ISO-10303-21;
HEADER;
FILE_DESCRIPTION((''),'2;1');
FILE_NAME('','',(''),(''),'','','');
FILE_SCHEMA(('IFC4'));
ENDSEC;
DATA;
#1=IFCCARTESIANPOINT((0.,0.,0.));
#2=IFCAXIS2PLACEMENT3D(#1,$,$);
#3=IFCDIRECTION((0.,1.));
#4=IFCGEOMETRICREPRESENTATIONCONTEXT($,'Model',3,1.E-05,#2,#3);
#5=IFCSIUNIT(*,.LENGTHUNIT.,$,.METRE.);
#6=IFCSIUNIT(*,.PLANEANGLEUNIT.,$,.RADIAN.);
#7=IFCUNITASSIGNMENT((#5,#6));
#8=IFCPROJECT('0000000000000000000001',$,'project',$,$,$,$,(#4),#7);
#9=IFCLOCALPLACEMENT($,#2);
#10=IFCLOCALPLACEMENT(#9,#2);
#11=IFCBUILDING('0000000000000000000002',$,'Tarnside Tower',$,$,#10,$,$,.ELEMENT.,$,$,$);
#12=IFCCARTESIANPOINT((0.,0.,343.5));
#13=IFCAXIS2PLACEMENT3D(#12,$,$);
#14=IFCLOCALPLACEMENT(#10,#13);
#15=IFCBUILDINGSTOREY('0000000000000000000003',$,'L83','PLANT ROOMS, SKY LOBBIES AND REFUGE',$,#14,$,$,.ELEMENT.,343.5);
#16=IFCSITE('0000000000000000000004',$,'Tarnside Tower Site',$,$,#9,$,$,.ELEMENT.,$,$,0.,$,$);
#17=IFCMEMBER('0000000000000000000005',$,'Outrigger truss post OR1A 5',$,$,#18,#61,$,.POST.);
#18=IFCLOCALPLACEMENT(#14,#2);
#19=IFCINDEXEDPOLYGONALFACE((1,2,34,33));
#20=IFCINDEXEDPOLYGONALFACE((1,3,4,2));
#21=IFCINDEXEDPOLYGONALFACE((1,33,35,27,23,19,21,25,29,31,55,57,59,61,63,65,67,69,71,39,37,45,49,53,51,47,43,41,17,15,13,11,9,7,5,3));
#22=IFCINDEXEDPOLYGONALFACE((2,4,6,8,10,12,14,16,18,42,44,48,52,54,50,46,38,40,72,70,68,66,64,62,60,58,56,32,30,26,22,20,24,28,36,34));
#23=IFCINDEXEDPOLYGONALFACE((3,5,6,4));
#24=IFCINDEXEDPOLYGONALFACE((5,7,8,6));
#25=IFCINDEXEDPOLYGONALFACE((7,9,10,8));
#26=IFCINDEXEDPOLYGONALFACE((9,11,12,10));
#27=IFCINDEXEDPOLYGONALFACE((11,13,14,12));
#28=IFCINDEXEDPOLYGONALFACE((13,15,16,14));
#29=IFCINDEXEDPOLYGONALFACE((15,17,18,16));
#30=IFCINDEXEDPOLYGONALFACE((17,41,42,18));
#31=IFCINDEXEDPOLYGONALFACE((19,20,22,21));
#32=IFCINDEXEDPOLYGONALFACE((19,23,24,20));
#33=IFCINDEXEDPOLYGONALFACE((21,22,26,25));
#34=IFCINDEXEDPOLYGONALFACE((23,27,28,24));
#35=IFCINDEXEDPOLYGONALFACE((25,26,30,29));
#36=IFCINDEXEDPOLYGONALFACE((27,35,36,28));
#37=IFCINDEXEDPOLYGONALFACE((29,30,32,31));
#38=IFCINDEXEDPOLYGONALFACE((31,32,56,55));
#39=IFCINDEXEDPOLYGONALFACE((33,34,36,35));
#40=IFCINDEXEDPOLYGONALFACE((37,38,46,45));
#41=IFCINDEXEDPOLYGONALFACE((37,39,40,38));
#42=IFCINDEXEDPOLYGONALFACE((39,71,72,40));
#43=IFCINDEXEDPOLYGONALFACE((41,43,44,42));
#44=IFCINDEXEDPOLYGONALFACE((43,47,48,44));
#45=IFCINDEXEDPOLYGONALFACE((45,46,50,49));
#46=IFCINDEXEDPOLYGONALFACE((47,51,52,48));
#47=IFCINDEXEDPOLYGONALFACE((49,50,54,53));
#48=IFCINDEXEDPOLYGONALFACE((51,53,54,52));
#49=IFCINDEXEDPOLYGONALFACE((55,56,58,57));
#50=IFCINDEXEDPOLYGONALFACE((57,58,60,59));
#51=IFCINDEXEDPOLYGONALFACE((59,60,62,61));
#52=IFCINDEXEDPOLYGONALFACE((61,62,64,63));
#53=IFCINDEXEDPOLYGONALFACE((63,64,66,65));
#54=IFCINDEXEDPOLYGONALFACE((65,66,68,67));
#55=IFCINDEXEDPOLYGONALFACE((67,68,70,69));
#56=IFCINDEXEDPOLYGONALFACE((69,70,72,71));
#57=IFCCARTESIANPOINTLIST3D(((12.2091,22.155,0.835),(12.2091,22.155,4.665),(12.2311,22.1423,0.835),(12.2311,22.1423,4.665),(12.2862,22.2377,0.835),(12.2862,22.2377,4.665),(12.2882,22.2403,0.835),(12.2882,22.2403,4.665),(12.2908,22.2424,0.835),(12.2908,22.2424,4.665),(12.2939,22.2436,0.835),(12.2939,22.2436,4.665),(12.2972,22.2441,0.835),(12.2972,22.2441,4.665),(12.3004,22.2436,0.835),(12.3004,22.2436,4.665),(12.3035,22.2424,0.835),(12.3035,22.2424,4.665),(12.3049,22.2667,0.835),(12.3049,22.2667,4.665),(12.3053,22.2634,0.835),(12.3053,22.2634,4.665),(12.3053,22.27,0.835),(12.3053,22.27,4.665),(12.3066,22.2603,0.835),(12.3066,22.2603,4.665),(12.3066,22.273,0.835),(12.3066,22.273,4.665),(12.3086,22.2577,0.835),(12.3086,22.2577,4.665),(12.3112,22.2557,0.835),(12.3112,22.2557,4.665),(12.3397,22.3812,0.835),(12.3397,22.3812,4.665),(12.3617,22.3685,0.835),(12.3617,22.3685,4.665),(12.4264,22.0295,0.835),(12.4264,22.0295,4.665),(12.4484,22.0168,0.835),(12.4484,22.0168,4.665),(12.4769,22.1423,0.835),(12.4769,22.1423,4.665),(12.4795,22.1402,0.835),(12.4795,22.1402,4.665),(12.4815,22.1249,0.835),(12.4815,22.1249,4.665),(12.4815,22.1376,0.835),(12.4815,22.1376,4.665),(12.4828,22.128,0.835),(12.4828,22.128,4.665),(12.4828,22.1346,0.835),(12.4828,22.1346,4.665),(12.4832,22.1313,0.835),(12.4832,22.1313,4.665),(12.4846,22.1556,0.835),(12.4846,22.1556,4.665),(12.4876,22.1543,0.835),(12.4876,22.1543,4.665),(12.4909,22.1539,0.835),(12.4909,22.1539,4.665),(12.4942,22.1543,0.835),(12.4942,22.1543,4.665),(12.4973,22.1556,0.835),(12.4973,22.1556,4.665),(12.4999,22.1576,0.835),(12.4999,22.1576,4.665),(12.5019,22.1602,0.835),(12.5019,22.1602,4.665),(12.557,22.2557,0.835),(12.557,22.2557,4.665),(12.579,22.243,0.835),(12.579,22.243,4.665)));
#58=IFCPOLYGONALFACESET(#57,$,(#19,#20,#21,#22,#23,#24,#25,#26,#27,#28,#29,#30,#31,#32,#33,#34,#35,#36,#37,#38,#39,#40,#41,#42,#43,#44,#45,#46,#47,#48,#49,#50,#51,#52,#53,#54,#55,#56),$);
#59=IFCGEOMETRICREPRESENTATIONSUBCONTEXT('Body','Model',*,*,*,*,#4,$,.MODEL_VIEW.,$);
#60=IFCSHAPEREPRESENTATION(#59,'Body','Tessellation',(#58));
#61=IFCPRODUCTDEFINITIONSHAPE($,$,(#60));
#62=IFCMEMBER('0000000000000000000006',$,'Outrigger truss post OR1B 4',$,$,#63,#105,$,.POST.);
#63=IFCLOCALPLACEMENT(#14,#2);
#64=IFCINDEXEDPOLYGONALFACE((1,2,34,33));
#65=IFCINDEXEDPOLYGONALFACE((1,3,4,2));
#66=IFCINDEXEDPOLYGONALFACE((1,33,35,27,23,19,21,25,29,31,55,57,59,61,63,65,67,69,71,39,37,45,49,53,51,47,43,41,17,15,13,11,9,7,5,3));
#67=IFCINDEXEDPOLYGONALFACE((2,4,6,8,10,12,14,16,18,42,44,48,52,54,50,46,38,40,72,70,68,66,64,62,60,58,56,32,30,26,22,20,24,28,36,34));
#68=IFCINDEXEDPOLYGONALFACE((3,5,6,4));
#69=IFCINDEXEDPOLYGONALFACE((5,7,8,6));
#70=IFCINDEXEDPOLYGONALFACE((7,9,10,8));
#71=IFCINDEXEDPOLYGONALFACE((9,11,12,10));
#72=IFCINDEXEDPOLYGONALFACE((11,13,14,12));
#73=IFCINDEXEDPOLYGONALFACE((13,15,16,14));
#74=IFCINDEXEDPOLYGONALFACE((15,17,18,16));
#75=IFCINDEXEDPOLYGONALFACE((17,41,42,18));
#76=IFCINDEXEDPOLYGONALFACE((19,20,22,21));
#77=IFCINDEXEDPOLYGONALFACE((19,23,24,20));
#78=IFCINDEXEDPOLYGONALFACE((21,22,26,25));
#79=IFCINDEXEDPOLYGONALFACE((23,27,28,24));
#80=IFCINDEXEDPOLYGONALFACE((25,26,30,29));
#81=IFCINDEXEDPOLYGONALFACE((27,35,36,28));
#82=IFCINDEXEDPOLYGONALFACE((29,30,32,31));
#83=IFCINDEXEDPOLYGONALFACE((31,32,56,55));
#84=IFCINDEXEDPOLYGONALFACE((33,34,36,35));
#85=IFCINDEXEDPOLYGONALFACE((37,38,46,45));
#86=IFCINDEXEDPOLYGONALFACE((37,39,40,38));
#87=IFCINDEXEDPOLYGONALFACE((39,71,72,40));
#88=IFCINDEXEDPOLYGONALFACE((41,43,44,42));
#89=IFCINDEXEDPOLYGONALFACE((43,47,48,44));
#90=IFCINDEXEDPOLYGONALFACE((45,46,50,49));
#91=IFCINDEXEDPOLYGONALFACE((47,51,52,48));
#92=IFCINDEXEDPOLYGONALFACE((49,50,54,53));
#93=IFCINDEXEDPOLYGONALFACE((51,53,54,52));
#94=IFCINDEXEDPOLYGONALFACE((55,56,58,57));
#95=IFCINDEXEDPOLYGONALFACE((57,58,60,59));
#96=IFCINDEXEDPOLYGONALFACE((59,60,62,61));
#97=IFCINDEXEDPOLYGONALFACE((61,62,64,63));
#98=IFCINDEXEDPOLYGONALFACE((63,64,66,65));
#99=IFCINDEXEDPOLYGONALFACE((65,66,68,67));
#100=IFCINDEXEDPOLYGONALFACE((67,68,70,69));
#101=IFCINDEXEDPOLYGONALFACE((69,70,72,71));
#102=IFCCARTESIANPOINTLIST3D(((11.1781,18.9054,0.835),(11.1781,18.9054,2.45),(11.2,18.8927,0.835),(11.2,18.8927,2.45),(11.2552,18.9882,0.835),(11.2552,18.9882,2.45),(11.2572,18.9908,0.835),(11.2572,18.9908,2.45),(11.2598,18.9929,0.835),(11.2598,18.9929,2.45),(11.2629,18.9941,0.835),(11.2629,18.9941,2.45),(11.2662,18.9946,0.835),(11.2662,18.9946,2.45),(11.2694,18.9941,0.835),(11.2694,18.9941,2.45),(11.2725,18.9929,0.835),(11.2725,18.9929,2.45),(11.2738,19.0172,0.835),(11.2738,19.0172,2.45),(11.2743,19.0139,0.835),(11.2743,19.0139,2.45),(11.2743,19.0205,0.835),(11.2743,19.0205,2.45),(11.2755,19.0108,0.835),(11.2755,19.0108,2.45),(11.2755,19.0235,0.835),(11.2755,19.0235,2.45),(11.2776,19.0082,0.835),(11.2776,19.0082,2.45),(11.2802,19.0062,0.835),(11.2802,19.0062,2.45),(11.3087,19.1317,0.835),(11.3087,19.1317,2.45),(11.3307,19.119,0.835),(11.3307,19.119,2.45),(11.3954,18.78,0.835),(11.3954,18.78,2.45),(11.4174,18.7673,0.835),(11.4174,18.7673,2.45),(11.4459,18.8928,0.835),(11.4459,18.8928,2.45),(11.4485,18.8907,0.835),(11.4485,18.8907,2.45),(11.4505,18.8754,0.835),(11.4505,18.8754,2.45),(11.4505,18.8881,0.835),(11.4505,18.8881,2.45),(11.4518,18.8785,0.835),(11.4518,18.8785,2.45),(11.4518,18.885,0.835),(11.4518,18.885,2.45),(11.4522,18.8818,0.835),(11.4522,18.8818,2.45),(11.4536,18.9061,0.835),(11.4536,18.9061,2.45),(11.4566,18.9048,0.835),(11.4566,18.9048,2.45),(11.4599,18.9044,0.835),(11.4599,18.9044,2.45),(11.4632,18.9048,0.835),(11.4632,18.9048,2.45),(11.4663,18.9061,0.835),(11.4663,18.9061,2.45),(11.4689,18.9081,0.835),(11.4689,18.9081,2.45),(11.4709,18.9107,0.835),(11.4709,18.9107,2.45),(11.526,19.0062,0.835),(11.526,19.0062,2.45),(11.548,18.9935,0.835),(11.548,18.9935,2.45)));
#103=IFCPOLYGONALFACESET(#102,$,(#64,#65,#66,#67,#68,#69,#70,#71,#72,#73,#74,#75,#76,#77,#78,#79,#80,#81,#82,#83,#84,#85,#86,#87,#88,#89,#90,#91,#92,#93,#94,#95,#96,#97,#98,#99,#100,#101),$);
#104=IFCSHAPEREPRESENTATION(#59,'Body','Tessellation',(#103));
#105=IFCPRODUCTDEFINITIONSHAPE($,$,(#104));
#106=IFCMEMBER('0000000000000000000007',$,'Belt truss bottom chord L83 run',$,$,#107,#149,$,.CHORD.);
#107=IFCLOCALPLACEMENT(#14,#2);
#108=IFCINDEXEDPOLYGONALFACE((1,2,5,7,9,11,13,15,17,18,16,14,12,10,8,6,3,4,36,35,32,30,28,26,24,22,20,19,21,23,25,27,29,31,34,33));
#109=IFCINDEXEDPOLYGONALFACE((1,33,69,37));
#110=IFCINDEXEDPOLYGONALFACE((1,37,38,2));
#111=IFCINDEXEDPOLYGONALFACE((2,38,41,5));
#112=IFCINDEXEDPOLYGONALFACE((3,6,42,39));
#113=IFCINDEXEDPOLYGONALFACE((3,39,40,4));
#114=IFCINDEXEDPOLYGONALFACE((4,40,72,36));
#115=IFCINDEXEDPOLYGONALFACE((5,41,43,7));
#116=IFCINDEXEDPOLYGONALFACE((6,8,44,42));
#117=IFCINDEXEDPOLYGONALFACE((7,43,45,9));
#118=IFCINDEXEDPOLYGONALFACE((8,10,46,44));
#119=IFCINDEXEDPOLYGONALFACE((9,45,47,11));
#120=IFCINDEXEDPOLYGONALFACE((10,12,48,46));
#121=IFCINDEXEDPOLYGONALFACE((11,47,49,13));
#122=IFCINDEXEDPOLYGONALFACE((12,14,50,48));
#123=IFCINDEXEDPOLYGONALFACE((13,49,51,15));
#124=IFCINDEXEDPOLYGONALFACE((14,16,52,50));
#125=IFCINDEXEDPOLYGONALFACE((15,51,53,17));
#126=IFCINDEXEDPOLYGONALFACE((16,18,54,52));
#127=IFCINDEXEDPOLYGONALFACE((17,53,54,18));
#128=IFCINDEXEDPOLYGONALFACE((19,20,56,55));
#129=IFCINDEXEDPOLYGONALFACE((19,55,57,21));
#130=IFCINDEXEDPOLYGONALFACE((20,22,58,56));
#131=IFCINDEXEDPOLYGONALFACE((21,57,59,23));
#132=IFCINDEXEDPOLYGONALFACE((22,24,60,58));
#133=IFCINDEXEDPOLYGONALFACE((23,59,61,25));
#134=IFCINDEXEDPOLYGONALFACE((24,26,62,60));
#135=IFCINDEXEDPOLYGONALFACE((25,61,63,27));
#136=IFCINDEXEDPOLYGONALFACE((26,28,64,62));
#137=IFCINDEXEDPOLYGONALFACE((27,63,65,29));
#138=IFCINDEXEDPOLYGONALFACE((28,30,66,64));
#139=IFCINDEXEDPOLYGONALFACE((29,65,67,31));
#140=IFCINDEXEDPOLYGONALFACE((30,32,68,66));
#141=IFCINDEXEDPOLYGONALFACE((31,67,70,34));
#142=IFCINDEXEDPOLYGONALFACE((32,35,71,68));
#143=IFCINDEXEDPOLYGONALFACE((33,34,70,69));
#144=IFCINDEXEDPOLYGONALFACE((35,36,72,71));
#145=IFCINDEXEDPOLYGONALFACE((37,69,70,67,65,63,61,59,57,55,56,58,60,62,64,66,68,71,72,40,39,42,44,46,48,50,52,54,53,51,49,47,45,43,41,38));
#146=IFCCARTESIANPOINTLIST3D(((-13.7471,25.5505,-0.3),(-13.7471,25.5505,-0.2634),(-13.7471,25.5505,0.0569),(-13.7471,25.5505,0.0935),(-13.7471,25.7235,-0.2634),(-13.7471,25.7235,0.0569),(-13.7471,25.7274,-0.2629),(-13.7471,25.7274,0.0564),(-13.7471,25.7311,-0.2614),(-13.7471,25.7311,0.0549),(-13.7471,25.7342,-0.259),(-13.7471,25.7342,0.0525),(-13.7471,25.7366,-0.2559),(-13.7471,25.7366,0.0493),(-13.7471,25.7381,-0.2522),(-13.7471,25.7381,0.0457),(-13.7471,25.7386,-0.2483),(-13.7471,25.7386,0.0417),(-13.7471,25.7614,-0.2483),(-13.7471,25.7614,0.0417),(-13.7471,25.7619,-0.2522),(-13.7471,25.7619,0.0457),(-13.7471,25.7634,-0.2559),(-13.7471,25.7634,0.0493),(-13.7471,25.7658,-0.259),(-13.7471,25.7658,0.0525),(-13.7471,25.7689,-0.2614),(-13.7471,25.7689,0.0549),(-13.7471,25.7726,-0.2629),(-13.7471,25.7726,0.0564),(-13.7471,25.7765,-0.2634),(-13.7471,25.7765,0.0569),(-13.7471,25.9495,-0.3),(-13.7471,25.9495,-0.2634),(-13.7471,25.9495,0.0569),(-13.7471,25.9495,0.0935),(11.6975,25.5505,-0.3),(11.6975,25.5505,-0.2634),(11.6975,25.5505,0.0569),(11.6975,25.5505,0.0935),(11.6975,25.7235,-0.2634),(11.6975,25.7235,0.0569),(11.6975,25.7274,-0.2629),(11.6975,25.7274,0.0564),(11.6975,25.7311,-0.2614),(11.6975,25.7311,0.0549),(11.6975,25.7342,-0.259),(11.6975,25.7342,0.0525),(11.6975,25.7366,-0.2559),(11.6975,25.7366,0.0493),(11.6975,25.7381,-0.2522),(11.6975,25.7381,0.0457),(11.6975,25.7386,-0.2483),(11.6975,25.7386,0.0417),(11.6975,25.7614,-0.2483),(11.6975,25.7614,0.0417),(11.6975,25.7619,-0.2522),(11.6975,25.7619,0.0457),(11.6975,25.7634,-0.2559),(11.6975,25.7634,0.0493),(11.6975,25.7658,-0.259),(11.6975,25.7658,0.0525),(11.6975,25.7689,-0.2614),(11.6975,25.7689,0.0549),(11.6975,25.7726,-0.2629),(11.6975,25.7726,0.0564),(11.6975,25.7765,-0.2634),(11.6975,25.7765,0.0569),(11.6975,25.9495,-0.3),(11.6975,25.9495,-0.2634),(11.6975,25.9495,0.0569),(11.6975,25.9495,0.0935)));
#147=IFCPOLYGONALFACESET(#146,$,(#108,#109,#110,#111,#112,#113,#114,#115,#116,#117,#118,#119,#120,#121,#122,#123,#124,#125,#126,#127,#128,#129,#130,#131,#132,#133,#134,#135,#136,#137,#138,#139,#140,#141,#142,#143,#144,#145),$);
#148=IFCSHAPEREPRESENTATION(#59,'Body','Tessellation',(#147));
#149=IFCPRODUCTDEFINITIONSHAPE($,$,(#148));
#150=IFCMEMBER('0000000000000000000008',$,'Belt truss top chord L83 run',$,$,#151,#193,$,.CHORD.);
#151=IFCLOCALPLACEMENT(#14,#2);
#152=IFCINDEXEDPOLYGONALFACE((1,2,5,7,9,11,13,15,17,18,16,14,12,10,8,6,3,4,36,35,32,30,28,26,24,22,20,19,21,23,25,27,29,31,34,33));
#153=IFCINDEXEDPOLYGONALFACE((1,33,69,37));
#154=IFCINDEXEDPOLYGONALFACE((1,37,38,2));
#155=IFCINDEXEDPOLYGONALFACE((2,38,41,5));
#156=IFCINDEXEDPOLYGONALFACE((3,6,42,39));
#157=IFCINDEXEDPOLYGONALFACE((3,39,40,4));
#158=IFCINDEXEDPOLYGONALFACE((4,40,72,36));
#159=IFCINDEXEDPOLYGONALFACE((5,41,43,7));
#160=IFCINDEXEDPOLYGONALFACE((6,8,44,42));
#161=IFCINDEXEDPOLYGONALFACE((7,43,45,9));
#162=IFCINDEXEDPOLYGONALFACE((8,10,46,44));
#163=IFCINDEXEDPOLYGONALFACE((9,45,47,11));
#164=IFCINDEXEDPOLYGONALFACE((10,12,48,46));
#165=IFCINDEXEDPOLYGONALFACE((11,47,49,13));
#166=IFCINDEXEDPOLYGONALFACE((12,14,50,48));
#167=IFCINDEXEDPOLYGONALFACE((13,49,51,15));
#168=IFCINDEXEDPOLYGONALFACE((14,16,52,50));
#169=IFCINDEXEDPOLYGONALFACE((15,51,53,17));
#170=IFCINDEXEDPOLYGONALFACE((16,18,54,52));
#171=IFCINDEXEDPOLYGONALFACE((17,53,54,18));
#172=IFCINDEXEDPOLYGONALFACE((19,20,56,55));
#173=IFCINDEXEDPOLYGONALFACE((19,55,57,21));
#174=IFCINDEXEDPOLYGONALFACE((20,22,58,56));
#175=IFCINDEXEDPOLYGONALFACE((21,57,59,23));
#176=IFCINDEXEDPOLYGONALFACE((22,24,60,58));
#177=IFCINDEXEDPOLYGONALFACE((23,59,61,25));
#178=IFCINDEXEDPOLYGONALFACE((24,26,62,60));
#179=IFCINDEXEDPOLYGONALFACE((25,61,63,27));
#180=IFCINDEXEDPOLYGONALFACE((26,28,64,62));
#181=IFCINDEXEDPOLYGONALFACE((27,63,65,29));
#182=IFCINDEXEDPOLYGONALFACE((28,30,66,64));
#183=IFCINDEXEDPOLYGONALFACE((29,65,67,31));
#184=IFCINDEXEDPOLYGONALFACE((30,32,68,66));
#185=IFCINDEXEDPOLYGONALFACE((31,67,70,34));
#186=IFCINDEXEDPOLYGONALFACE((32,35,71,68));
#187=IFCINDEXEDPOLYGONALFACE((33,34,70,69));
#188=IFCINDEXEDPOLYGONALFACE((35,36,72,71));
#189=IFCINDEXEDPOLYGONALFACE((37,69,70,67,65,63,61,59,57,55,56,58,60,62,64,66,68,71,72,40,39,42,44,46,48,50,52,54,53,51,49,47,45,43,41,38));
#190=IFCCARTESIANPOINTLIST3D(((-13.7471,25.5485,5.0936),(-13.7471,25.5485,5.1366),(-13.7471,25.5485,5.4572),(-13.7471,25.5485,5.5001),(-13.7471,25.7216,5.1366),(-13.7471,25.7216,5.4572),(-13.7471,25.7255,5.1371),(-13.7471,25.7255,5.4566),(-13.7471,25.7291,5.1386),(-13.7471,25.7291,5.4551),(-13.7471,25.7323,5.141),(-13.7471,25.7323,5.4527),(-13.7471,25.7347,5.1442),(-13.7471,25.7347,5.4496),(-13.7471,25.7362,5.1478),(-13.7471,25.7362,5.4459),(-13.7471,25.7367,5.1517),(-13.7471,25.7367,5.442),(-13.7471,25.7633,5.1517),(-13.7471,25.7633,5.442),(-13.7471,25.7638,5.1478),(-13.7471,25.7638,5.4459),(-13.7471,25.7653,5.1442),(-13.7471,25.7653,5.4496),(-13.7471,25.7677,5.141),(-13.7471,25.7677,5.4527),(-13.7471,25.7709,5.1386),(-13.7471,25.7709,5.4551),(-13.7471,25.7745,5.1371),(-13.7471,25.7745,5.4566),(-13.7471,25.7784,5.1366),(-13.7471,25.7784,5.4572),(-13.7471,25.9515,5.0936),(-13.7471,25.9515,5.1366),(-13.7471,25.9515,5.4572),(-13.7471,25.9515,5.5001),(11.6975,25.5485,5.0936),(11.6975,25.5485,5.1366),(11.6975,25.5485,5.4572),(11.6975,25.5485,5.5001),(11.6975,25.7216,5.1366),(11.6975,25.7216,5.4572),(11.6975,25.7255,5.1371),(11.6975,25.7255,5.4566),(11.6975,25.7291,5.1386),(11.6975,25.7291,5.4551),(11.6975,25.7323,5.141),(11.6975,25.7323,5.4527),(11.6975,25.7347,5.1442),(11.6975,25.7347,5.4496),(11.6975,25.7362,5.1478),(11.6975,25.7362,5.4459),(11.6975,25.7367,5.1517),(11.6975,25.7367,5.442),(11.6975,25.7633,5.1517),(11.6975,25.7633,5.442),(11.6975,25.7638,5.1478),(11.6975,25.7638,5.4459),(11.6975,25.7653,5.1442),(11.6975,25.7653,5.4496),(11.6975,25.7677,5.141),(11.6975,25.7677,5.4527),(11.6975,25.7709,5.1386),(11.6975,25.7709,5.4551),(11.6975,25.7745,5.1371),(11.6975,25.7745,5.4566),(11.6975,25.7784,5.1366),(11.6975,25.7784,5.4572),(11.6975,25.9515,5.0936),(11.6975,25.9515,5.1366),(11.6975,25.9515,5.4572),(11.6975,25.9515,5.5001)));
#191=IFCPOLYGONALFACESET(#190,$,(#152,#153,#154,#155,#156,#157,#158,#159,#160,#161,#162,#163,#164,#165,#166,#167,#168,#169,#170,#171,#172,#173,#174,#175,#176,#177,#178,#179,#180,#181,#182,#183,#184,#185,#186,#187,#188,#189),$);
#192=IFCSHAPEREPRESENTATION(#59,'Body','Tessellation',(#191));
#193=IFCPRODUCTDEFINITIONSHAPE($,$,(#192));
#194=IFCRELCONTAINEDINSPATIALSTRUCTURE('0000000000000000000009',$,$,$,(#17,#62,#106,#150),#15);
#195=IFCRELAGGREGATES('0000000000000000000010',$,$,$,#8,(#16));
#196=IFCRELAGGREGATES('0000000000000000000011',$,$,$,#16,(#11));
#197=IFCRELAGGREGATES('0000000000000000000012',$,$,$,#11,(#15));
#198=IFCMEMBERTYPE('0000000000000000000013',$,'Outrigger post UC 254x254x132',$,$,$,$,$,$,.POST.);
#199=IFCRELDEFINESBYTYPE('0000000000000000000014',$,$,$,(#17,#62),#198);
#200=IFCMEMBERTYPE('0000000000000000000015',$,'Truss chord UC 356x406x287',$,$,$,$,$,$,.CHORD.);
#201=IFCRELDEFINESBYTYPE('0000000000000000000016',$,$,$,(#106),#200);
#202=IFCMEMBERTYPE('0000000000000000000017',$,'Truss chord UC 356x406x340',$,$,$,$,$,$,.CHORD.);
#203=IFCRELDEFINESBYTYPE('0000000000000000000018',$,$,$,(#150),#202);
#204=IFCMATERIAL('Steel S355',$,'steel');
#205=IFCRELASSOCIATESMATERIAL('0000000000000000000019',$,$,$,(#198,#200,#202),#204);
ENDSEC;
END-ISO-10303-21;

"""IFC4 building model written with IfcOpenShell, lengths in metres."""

from ifc_helpers import new_model, si_unit, direction, frame, origin, origin_2d, place, context, subcontext, project, spatial, i_section, extrude, material, material_profile, profile_set, type_object, element, save


model = new_model("IFC4")

# Units and contexts
model_context = context("Model", 3, precision=1e-05, world=origin(), true_north=direction((0.0, 1.0)))
body_context = subcontext(model_context, "Body", "Model", "MODEL_VIEW")
ifc_project = project(units=[si_unit("LENGTHUNIT", "METRE"), si_unit("PLANEANGLEUNIT", "RADIAN")], contexts=[model_context])

# Site, building, storey
site_placement = place(None, origin())
site = spatial("IfcSite", under=ifc_project, at=site_placement, Name="Tarnside Tower Site", CompositionType="ELEMENT", RefElevation=0.0)
building_placement = place(site_placement, origin())
building = spatial("IfcBuilding", under=site, at=building_placement, Name="Tarnside Tower", CompositionType="ELEMENT")
storey_placement = place(building_placement, frame((0.0, 0.0, 343.5)))
storey = spatial("IfcBuildingStorey", under=building, at=storey_placement, Name="L83", Description="PLANT ROOMS, SKY LOBBIES AND REFUGE", CompositionType="ELEMENT", Elevation=343.5)

# Shared definitions
ifc_material_1 = material(Name="Steel S355", Category="steel")

# Members
ifc_material_profile_1 = material_profile(ifc_material_1, i_section(OverallWidth=0.2612, OverallDepth=0.2764, WebThickness=0.0154, FlangeThickness=0.0254, FilletRadius=0.0127, at=origin_2d()), Name="UC 254x254x132")
ifc_profile_set_1 = profile_set([ifc_material_profile_1], Name="Steel S355")
member_type_1 = type_object("IfcMemberType", Name="Outrigger post UC 254x254x132", PredefinedType="POST", material=ifc_profile_set_1)
member_1_placement = place(storey_placement, frame((12.394, 22.199, 0.835), z_axis=(0.0, 0.0, 1.0), x_axis=(0.5, 0.866025, 0.0)))
element("IfcMember", 1, at=member_1_placement, inside=storey, type_object=member_type_1, Name="Outrigger truss post OR1A 5", PredefinedType="POST", context=body_context, shape_type="SweptSolid", body=[
    extrude(i_section(OverallWidth=0.2612, OverallDepth=0.2764, WebThickness=0.0154, FlangeThickness=0.0254, FilletRadius=0.0127, at=origin_2d()), origin(), (0.0, 0.0, 1.0), 3.8301),
])
member_2_placement = place(storey_placement, frame((11.363, 18.9495, 0.835), z_axis=(0.0, 0.0, 1.0), x_axis=(0.5, 0.866025, 0.0)))
element("IfcMember", 2, at=member_2_placement, inside=storey, type_object=member_type_1, Name="Outrigger truss post OR1B 4", PredefinedType="POST", context=body_context, shape_type="SweptSolid", body=[
    extrude(i_section(OverallWidth=0.2612, OverallDepth=0.2764, WebThickness=0.0154, FlangeThickness=0.0254, FilletRadius=0.0127, at=origin_2d()), origin(), (0.0, 0.0, 1.0), 1.615),
])
ifc_material_profile_2 = material_profile(ifc_material_1, i_section(OverallWidth=0.3989, OverallDepth=0.3936, WebThickness=0.0227, FlangeThickness=0.0366, FilletRadius=0.0151, at=origin_2d()), Name="UC 356x406x287")
ifc_profile_set_2 = profile_set([ifc_material_profile_2], Name="Steel S355")
member_type_2 = type_object("IfcMemberType", Name="Truss chord UC 356x406x287", PredefinedType="CHORD", material=ifc_profile_set_2)
member_3_placement = place(storey_placement, frame((11.6975, 25.75, -0.1033), z_axis=(-1.0, 0.0, 0.0), x_axis=(0.0, -1.0, 0.0)))
element("IfcMember", 3, at=member_3_placement, inside=storey, type_object=member_type_2, Name="Belt truss bottom chord L83 run", PredefinedType="CHORD", context=body_context, shape_type="SweptSolid", body=[
    extrude(i_section(OverallWidth=0.3989, OverallDepth=0.3936, WebThickness=0.0227, FlangeThickness=0.0366, FilletRadius=0.0151, at=origin_2d()), origin(), (0.0, 0.0, 1.0), 25.4446),
])
ifc_material_profile_3 = material_profile(ifc_material_1, i_section(OverallWidth=0.4031, OverallDepth=0.4065, WebThickness=0.0266, FlangeThickness=0.043, FilletRadius=0.0151, at=origin_2d()), Name="UC 356x406x340")
ifc_profile_set_3 = profile_set([ifc_material_profile_3], Name="Steel S355")
member_type_3 = type_object("IfcMemberType", Name="Truss chord UC 356x406x340", PredefinedType="CHORD", material=ifc_profile_set_3)
member_4_placement = place(storey_placement, frame((11.6975, 25.75, 5.2969), z_axis=(-1.0, 0.0, 0.0), x_axis=(0.0, -1.0, 0.0)))
element("IfcMember", 4, at=member_4_placement, inside=storey, type_object=member_type_3, Name="Belt truss top chord L83 run", PredefinedType="CHORD", context=body_context, shape_type="SweptSolid", body=[
    extrude(i_section(OverallWidth=0.4031, OverallDepth=0.4065, WebThickness=0.0266, FlangeThickness=0.043, FilletRadius=0.0151, at=origin_2d()), origin(), (0.0, 0.0, 1.0), 25.4446),
])

save(model, "model.ifc")
